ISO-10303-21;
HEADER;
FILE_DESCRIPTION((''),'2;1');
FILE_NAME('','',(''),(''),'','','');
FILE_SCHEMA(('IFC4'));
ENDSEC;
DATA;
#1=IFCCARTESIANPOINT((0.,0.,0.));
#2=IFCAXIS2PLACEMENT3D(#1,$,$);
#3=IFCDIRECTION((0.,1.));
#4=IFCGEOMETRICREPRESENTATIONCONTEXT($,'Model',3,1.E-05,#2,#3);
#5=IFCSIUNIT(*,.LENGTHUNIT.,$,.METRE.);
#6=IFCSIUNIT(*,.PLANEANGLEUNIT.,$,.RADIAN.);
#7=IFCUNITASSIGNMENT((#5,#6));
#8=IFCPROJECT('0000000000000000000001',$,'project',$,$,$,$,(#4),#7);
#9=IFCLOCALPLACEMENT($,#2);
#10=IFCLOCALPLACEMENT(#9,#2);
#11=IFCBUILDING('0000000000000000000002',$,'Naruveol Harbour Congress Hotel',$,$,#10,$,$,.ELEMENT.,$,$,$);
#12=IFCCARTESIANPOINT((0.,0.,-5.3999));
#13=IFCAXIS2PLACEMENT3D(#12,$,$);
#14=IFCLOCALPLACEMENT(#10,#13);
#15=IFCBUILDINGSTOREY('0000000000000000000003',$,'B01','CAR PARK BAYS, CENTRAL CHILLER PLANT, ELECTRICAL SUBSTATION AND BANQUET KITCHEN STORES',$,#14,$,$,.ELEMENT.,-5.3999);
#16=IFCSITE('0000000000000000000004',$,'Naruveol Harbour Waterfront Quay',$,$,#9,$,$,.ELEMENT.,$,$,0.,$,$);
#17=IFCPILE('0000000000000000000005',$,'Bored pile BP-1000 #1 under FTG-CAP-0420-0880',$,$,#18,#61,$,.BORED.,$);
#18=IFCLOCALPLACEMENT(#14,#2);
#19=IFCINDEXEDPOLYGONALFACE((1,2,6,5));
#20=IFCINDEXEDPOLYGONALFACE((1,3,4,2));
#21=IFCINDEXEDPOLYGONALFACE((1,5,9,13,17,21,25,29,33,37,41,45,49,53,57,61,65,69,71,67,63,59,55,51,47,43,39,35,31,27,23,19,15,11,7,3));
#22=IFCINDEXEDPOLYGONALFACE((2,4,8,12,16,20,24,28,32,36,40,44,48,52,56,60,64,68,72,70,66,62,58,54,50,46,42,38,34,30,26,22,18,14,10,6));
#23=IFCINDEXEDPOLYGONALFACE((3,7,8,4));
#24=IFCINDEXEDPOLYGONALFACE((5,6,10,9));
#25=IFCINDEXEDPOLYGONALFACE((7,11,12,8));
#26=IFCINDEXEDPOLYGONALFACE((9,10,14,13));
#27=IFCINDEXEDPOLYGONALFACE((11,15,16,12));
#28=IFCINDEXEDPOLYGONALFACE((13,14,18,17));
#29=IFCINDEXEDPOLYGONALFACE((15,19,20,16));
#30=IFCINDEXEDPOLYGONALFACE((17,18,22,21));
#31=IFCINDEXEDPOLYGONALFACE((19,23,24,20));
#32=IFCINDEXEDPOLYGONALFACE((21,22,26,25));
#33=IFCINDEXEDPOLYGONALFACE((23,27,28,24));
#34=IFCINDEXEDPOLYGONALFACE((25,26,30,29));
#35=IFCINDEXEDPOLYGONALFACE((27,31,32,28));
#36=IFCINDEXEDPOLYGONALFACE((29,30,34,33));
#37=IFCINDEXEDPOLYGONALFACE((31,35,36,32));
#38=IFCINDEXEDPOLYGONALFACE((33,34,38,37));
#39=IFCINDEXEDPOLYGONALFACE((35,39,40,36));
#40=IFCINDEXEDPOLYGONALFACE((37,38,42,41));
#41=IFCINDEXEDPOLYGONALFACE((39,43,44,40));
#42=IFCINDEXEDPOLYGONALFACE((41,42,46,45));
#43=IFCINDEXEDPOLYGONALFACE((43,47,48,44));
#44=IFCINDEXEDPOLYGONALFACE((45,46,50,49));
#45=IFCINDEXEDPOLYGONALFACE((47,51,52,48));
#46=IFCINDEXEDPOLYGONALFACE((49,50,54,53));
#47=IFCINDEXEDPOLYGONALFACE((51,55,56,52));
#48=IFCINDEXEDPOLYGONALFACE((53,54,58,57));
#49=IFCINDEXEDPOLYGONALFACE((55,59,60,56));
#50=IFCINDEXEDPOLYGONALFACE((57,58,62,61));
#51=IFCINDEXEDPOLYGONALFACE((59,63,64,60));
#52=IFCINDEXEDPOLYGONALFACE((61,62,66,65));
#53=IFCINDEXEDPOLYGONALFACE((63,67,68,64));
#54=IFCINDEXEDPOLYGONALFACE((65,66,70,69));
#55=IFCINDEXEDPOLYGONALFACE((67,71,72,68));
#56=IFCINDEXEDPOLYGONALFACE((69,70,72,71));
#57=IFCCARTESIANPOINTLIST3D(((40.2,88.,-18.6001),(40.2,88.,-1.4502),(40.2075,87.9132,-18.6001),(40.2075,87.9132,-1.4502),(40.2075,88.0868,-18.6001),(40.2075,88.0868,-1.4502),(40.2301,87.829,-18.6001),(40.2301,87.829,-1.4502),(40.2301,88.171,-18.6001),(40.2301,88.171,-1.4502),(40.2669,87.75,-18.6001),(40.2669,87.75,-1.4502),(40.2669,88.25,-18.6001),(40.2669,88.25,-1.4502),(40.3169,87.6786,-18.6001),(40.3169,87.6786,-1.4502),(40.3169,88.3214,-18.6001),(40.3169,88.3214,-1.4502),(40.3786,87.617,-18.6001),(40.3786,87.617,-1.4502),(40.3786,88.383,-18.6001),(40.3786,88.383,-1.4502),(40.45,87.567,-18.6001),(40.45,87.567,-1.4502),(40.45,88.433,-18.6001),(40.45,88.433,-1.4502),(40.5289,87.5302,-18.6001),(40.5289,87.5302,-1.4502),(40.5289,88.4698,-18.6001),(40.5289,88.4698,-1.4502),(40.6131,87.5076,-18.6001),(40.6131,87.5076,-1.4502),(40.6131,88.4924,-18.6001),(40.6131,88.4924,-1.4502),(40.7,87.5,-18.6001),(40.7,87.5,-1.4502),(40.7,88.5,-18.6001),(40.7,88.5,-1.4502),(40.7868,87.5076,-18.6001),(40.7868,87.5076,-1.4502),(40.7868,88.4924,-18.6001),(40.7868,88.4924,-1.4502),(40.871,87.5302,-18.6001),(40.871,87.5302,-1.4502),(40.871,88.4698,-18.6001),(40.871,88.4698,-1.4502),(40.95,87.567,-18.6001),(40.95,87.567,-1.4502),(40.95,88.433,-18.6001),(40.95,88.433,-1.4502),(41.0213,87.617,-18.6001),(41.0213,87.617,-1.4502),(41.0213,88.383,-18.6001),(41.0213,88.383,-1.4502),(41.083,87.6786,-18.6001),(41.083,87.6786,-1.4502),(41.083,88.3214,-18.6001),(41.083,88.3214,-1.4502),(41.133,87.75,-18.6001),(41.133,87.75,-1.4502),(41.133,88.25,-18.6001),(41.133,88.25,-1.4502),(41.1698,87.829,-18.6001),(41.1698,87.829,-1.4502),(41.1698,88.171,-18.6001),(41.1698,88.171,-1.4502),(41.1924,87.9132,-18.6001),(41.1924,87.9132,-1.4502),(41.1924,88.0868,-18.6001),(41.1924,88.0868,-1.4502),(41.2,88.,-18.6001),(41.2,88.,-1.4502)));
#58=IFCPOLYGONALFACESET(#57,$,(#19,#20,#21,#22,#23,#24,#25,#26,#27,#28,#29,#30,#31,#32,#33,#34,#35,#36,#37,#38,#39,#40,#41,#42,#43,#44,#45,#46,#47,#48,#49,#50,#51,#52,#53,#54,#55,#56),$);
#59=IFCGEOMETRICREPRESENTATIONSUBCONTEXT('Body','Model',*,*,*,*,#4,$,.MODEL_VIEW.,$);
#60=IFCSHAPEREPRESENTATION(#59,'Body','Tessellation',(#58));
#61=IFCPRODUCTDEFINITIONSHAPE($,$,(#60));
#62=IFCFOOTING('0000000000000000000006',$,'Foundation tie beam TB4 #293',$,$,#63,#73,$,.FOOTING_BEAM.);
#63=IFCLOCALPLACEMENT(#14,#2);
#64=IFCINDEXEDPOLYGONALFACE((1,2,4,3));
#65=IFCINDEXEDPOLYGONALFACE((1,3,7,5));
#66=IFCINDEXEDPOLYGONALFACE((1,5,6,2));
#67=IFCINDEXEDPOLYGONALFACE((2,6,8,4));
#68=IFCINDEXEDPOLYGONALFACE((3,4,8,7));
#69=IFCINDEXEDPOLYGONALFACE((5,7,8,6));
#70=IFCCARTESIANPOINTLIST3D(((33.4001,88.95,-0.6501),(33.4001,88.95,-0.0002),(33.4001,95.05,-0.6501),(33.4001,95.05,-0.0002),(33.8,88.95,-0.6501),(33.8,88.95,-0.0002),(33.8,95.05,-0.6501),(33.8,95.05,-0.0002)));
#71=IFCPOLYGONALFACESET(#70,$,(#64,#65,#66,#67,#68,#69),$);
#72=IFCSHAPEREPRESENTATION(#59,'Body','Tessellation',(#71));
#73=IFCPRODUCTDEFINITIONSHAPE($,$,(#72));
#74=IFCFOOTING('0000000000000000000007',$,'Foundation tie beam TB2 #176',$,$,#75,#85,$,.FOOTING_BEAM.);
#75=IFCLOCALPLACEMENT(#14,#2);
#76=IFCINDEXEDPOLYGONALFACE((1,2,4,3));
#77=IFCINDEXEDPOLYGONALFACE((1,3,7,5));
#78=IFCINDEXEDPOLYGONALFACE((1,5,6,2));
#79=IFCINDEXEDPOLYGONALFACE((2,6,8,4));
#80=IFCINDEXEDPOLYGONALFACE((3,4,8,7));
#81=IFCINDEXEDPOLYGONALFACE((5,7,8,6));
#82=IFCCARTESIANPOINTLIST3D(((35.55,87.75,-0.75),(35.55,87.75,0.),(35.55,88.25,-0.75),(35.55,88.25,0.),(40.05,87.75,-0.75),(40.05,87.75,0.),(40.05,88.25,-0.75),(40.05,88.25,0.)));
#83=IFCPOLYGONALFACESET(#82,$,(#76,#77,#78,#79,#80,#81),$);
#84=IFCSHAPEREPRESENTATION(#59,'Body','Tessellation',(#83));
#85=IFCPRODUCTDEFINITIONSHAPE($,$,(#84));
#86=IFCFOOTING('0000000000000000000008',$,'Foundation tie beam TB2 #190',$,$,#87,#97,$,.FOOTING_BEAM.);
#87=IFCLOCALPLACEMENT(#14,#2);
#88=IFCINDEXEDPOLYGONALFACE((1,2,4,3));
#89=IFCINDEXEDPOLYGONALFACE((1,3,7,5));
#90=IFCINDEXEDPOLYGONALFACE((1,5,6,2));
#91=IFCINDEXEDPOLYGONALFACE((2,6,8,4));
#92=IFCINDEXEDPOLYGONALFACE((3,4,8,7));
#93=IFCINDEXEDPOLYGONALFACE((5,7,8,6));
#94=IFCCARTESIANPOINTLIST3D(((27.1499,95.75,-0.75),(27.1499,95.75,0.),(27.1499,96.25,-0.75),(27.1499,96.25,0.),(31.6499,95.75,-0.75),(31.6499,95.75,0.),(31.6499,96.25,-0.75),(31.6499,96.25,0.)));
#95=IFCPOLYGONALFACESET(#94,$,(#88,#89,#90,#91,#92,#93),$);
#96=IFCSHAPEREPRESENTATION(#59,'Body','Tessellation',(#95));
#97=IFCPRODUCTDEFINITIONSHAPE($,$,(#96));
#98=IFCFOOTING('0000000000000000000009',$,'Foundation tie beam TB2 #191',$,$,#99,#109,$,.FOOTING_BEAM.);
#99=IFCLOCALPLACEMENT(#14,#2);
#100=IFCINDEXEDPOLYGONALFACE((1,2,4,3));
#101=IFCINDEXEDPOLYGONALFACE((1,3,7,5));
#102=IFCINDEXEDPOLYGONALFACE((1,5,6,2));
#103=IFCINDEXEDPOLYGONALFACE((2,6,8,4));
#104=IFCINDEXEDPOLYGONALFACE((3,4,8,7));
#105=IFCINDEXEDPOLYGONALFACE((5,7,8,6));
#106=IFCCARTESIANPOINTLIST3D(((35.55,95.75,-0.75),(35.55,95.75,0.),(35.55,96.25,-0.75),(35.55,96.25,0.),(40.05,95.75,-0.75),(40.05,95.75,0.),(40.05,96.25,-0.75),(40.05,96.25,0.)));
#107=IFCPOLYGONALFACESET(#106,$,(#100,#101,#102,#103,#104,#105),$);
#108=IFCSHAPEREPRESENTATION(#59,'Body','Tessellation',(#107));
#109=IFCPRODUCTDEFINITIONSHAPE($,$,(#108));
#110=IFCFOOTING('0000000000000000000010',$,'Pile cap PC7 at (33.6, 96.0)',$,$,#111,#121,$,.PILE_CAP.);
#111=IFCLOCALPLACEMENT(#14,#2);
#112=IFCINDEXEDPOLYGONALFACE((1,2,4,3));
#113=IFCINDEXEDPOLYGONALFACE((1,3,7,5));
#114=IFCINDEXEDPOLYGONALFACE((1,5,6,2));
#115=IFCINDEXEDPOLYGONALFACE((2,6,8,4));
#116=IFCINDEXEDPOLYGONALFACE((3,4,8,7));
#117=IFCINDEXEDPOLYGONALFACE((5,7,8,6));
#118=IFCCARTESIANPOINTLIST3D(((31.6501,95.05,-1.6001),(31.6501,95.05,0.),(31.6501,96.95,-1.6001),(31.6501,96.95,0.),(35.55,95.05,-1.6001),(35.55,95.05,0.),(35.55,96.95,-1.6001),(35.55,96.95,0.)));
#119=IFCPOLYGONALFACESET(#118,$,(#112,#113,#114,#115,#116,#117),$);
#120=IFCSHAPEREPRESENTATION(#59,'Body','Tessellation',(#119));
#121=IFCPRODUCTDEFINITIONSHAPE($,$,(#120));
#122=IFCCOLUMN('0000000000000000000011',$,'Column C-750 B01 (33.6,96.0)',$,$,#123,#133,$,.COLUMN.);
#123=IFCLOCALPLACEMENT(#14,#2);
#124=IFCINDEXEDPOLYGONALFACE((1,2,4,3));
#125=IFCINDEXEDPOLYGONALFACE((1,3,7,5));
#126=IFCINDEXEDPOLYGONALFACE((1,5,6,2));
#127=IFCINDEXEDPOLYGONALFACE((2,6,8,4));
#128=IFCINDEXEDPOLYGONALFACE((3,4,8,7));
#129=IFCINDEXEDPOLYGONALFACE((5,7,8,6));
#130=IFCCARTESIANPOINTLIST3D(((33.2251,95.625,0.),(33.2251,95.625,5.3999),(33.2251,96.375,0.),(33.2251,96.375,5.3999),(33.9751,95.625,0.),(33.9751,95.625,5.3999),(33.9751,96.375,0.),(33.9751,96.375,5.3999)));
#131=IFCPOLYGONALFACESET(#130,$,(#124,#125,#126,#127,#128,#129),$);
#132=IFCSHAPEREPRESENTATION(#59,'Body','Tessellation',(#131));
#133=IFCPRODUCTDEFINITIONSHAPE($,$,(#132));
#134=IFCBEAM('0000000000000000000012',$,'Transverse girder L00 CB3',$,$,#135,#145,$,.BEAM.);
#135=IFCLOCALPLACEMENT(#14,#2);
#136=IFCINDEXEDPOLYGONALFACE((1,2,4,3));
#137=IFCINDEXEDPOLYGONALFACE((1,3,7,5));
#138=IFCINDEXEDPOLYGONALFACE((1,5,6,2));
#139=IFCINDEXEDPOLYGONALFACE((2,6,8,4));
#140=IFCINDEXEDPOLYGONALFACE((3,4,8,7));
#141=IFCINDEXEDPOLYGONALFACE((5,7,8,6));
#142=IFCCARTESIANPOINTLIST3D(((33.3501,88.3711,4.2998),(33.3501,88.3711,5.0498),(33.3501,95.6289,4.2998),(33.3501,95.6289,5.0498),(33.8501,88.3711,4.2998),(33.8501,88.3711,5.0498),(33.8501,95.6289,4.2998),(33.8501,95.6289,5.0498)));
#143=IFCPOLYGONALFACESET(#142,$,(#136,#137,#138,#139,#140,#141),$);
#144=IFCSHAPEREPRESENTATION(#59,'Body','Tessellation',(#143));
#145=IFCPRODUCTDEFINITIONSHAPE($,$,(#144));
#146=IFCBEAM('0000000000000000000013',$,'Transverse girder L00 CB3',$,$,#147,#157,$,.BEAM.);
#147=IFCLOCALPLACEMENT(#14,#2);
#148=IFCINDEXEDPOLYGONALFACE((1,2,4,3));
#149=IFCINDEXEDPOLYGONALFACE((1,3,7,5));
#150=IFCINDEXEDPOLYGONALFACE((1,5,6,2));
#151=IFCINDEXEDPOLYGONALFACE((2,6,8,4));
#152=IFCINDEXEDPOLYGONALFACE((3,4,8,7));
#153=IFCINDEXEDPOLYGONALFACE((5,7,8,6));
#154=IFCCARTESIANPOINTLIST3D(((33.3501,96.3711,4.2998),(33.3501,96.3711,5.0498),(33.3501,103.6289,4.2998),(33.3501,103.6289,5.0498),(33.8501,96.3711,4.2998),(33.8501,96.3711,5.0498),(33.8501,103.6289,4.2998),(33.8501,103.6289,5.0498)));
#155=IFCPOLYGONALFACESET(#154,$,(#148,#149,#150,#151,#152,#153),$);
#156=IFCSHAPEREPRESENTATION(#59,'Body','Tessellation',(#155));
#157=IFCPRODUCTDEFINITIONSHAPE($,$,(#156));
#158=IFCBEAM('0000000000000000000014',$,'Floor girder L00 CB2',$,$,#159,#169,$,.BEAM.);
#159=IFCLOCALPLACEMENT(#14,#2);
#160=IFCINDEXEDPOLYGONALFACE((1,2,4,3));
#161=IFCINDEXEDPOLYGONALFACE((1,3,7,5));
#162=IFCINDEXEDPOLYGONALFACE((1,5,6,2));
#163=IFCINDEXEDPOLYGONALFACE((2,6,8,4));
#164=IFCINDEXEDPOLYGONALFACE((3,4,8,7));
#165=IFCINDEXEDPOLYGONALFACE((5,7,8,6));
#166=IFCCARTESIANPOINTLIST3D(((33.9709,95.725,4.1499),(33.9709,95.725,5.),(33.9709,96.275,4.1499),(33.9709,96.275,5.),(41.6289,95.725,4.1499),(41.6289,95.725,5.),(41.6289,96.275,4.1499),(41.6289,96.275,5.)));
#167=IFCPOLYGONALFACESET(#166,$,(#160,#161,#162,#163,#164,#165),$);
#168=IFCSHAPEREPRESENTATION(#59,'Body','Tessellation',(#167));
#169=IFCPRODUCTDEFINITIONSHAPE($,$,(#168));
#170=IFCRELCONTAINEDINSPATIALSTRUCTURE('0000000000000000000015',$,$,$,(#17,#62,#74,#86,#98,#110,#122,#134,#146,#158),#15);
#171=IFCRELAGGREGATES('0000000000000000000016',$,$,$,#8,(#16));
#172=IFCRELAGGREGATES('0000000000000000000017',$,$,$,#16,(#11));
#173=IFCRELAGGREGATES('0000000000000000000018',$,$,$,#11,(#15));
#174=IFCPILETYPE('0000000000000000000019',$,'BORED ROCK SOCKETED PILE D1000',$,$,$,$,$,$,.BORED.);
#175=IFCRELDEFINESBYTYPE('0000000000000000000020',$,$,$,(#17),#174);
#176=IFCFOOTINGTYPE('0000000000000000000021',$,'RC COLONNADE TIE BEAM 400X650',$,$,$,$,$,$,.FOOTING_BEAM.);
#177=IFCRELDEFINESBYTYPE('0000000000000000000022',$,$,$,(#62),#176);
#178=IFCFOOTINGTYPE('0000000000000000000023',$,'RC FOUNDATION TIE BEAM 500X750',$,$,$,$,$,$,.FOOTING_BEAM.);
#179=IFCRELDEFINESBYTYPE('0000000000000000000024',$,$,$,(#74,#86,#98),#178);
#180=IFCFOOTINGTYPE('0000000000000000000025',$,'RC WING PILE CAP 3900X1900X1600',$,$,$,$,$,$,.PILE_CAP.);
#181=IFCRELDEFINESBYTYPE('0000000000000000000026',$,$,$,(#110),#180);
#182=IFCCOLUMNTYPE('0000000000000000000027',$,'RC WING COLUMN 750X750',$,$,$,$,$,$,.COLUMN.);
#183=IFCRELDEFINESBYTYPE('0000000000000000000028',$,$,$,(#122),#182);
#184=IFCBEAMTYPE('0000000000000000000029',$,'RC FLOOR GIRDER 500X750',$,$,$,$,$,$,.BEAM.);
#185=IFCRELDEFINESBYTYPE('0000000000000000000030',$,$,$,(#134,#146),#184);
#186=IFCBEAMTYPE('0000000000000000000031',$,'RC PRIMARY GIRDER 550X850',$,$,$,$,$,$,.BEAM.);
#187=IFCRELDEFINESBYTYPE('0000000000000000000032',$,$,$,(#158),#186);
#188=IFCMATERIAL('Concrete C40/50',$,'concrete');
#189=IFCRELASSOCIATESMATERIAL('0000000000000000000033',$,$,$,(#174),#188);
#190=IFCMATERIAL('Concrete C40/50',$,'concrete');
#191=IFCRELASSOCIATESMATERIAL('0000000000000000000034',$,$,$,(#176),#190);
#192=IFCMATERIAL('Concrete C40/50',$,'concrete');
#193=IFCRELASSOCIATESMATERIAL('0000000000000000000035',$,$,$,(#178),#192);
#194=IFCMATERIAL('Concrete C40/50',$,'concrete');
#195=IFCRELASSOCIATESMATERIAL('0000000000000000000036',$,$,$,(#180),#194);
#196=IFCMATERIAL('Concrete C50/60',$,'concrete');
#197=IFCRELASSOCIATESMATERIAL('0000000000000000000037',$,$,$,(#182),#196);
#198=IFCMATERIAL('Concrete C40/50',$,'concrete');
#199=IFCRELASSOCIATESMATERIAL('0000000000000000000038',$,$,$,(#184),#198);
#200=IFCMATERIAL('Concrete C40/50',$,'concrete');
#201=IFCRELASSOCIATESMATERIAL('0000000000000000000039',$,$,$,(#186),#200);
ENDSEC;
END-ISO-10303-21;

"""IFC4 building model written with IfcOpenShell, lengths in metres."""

from ifc_helpers import new_model, si_unit, direction, frame, origin, origin_2d, place, context, subcontext, project, spatial, rectangle, circle, extrude, material, material_profile, profile_set, type_object, element, save


model = new_model("IFC4")

# Units and contexts
model_context = context("Model", 3, precision=1e-05, world=origin(), true_north=direction((0.0, 1.0)))
body_context = subcontext(model_context, "Body", "Model", "MODEL_VIEW")
ifc_project = project(units=[si_unit("LENGTHUNIT", "METRE"), si_unit("PLANEANGLEUNIT", "RADIAN")], contexts=[model_context])

# Site, building, storey
site_placement = place(None, origin())
site = spatial("IfcSite", under=ifc_project, at=site_placement, Name="Naruveol Harbour Waterfront Quay", CompositionType="ELEMENT", RefElevation=0.0)
building_placement = place(site_placement, origin())
building = spatial("IfcBuilding", under=site, at=building_placement, Name="Naruveol Harbour Congress Hotel", CompositionType="ELEMENT")
storey_placement = place(building_placement, frame((0.0, 0.0, -5.3999)))
storey = spatial("IfcBuildingStorey", under=building, at=storey_placement, Name="B01", Description="CAR PARK BAYS, CENTRAL CHILLER PLANT, ELECTRICAL SUBSTATION AND BANQUET KITCHEN STORES", CompositionType="ELEMENT", Elevation=-5.3999)

# Pile
ifc_material_1 = material(Name="Concrete C40/50", Category="concrete")
ifc_material_profile_1 = material_profile(ifc_material_1, circle(Radius=0.5, at=origin_2d()), Name="BP-1000")
ifc_profile_set_1 = profile_set([ifc_material_profile_1], Name="Concrete C40/50")
pile_type = type_object("IfcPileType", Name="BORED ROCK SOCKETED PILE D1000", PredefinedType="BORED", material=ifc_profile_set_1)
for number, where, z_axis, x_axis, name in (
    (1, (40.7, 88.0, -1.4502), (0.0, 0.0, -1.0), (1.0, 0.0, 0.0), "Bored pile BP-1000 #1 under FTG-CAP-0420-0880"),
):
    element("IfcPile", number, at=place(storey_placement, frame(where, z_axis=z_axis, x_axis=x_axis)), inside=storey, type_object=pile_type, Name=name, PredefinedType="BORED", context=body_context, shape_type="SweptSolid", body=[
        extrude(circle(Radius=0.5, at=origin_2d()), origin(), (0.0, 0.0, 1.0), 17.1499),
    ])

# Footings
ifc_material_2 = material(Name="Concrete C40/50", Category="concrete")
ifc_material_profile_2 = material_profile(ifc_material_2, rectangle(XDim=0.3999, YDim=0.6499, at=origin_2d()), Name="RCB-400x650")
ifc_profile_set_2 = profile_set([ifc_material_profile_2], Name="Concrete C40/50")
footing_type_1 = type_object("IfcFootingType", Name="RC COLONNADE TIE BEAM 400X650", PredefinedType="FOOTING_BEAM", material=ifc_profile_set_2)
footing_1_placement = place(storey_placement, frame((33.6001, 88.95, -0.3252), z_axis=(0.0, 1.0, 0.0), x_axis=(-1.0, 0.0, 0.0)))
element("IfcFooting", 2, at=footing_1_placement, inside=storey, type_object=footing_type_1, Name="Foundation tie beam TB4 #293", PredefinedType="FOOTING_BEAM", context=body_context, shape_type="SweptSolid", body=[
    extrude(rectangle(XDim=0.3999, YDim=0.6499, at=origin_2d()), origin(), (0.0, 0.0, 1.0), 6.1001),
])
ifc_material_3 = material(Name="Concrete C40/50", Category="concrete")
ifc_material_profile_3 = material_profile(ifc_material_3, rectangle(XDim=0.5, YDim=0.75, at=origin_2d()), Name="RCB-500x750")
ifc_profile_set_3 = profile_set([ifc_material_profile_3], Name="Concrete C40/50")
footing_type_2 = type_object("IfcFootingType", Name="RC FOUNDATION TIE BEAM 500X750", PredefinedType="FOOTING_BEAM", material=ifc_profile_set_3)
for number, where, z_axis, x_axis, name in (
    (3, (35.55, 88.0, -0.375), (1.0, 0.0, 0.0), (0.0, 1.0, 0.0), "Foundation tie beam TB2 #176"),
    (4, (27.1499, 96.0, -0.375), (1.0, 0.0, 0.0), (0.0, 1.0, 0.0), "Foundation tie beam TB2 #190"),
    (5, (35.55, 96.0, -0.375), (1.0, 0.0, 0.0), (0.0, 1.0, 0.0), "Foundation tie beam TB2 #191"),
):
    element("IfcFooting", number, at=place(storey_placement, frame(where, z_axis=z_axis, x_axis=x_axis)), inside=storey, type_object=footing_type_2, Name=name, PredefinedType="FOOTING_BEAM", context=body_context, shape_type="SweptSolid", body=[
        extrude(rectangle(XDim=0.5, YDim=0.75, at=origin_2d()), origin(), (0.0, 0.0, 1.0), 4.5),
    ])
ifc_material_4 = material(Name="Concrete C40/50", Category="concrete")
footing_type_3 = type_object("IfcFootingType", Name="RC WING PILE CAP 3900X1900X1600", PredefinedType="PILE_CAP", material=ifc_material_4)
footing_2_placement = place(storey_placement, frame((33.6001, 96.0, -1.6001), z_axis=(0.0, 0.0, 1.0), x_axis=(1.0, 0.0, 0.0)))
element("IfcFooting", 6, at=footing_2_placement, inside=storey, type_object=footing_type_3, Name="Pile cap PC7 at (33.6, 96.0)", PredefinedType="PILE_CAP", context=body_context, shape_type="SweptSolid", body=[
    extrude(rectangle(XDim=3.8999, YDim=1.8999, at=origin_2d()), origin(), (0.0, 0.0, 1.0), 1.6001),
])

# Column
ifc_material_5 = material(Name="Concrete C50/60", Category="concrete")
ifc_material_profile_4 = material_profile(ifc_material_5, rectangle(XDim=0.75, YDim=0.75, at=origin_2d()), Name="RC-750x750")
ifc_profile_set_4 = profile_set([ifc_material_profile_4], Name="Concrete C50/60")
column_type = type_object("IfcColumnType", Name="RC WING COLUMN 750X750", PredefinedType="COLUMN", material=ifc_profile_set_4)
column_placement = place(storey_placement, frame((33.6001, 96.0, 0.0), z_axis=(0.0, 0.0, 1.0), x_axis=(1.0, 0.0, 0.0)))
element("IfcColumn", 7, at=column_placement, inside=storey, type_object=column_type, Name="Column C-750 B01 (33.6,96.0)", PredefinedType="COLUMN", context=body_context, shape_type="SweptSolid", body=[
    extrude(rectangle(XDim=0.75, YDim=0.75, at=origin_2d()), origin(), (0.0, 0.0, 1.0), 5.3999),
])

# Beams
ifc_material_6 = material(Name="Concrete C40/50", Category="concrete")
ifc_material_profile_5 = material_profile(ifc_material_6, rectangle(XDim=0.5, YDim=0.75, at=origin_2d()), Name="RCB-500x750")
ifc_profile_set_5 = profile_set([ifc_material_profile_5], Name="Concrete C40/50")
beam_type_1 = type_object("IfcBeamType", Name="RC FLOOR GIRDER 500X750", PredefinedType="BEAM", material=ifc_profile_set_5)
for number, where, z_axis, x_axis, name in (
    (8, (33.6001, 88.3711, 4.6748), (0.0, 1.0, 0.0), (-1.0, 0.0, 0.0), "Transverse girder L00 CB3"),
    (9, (33.6001, 96.3711, 4.6748), (0.0, 1.0, 0.0), (-1.0, 0.0, 0.0), "Transverse girder L00 CB3"),
):
    element("IfcBeam", number, at=place(storey_placement, frame(where, z_axis=z_axis, x_axis=x_axis)), inside=storey, type_object=beam_type_1, Name=name, PredefinedType="BEAM", context=body_context, shape_type="SweptSolid", body=[
        extrude(rectangle(XDim=0.5, YDim=0.75, at=origin_2d()), origin(), (0.0, 0.0, 1.0), 7.2578),
    ])
ifc_material_7 = material(Name="Concrete C40/50", Category="concrete")
ifc_material_profile_6 = material_profile(ifc_material_7, rectangle(XDim=0.55, YDim=0.8501, at=origin_2d()), Name="RCB-550x850")
ifc_profile_set_6 = profile_set([ifc_material_profile_6], Name="Concrete C40/50")
beam_type_2 = type_object("IfcBeamType", Name="RC PRIMARY GIRDER 550X850", PredefinedType="BEAM", material=ifc_profile_set_6)
beam_placement = place(storey_placement, frame((33.9709, 96.0, 4.575), z_axis=(1.0, 0.0, 0.0), x_axis=(0.0, 1.0, 0.0)))
element("IfcBeam", 10, at=beam_placement, inside=storey, type_object=beam_type_2, Name="Floor girder L00 CB2", PredefinedType="BEAM", context=body_context, shape_type="SweptSolid", body=[
    extrude(rectangle(XDim=0.55, YDim=0.8501, at=origin_2d()), origin(), (0.0, 0.0, 1.0), 7.658),
])

save(model, "model.ifc")
